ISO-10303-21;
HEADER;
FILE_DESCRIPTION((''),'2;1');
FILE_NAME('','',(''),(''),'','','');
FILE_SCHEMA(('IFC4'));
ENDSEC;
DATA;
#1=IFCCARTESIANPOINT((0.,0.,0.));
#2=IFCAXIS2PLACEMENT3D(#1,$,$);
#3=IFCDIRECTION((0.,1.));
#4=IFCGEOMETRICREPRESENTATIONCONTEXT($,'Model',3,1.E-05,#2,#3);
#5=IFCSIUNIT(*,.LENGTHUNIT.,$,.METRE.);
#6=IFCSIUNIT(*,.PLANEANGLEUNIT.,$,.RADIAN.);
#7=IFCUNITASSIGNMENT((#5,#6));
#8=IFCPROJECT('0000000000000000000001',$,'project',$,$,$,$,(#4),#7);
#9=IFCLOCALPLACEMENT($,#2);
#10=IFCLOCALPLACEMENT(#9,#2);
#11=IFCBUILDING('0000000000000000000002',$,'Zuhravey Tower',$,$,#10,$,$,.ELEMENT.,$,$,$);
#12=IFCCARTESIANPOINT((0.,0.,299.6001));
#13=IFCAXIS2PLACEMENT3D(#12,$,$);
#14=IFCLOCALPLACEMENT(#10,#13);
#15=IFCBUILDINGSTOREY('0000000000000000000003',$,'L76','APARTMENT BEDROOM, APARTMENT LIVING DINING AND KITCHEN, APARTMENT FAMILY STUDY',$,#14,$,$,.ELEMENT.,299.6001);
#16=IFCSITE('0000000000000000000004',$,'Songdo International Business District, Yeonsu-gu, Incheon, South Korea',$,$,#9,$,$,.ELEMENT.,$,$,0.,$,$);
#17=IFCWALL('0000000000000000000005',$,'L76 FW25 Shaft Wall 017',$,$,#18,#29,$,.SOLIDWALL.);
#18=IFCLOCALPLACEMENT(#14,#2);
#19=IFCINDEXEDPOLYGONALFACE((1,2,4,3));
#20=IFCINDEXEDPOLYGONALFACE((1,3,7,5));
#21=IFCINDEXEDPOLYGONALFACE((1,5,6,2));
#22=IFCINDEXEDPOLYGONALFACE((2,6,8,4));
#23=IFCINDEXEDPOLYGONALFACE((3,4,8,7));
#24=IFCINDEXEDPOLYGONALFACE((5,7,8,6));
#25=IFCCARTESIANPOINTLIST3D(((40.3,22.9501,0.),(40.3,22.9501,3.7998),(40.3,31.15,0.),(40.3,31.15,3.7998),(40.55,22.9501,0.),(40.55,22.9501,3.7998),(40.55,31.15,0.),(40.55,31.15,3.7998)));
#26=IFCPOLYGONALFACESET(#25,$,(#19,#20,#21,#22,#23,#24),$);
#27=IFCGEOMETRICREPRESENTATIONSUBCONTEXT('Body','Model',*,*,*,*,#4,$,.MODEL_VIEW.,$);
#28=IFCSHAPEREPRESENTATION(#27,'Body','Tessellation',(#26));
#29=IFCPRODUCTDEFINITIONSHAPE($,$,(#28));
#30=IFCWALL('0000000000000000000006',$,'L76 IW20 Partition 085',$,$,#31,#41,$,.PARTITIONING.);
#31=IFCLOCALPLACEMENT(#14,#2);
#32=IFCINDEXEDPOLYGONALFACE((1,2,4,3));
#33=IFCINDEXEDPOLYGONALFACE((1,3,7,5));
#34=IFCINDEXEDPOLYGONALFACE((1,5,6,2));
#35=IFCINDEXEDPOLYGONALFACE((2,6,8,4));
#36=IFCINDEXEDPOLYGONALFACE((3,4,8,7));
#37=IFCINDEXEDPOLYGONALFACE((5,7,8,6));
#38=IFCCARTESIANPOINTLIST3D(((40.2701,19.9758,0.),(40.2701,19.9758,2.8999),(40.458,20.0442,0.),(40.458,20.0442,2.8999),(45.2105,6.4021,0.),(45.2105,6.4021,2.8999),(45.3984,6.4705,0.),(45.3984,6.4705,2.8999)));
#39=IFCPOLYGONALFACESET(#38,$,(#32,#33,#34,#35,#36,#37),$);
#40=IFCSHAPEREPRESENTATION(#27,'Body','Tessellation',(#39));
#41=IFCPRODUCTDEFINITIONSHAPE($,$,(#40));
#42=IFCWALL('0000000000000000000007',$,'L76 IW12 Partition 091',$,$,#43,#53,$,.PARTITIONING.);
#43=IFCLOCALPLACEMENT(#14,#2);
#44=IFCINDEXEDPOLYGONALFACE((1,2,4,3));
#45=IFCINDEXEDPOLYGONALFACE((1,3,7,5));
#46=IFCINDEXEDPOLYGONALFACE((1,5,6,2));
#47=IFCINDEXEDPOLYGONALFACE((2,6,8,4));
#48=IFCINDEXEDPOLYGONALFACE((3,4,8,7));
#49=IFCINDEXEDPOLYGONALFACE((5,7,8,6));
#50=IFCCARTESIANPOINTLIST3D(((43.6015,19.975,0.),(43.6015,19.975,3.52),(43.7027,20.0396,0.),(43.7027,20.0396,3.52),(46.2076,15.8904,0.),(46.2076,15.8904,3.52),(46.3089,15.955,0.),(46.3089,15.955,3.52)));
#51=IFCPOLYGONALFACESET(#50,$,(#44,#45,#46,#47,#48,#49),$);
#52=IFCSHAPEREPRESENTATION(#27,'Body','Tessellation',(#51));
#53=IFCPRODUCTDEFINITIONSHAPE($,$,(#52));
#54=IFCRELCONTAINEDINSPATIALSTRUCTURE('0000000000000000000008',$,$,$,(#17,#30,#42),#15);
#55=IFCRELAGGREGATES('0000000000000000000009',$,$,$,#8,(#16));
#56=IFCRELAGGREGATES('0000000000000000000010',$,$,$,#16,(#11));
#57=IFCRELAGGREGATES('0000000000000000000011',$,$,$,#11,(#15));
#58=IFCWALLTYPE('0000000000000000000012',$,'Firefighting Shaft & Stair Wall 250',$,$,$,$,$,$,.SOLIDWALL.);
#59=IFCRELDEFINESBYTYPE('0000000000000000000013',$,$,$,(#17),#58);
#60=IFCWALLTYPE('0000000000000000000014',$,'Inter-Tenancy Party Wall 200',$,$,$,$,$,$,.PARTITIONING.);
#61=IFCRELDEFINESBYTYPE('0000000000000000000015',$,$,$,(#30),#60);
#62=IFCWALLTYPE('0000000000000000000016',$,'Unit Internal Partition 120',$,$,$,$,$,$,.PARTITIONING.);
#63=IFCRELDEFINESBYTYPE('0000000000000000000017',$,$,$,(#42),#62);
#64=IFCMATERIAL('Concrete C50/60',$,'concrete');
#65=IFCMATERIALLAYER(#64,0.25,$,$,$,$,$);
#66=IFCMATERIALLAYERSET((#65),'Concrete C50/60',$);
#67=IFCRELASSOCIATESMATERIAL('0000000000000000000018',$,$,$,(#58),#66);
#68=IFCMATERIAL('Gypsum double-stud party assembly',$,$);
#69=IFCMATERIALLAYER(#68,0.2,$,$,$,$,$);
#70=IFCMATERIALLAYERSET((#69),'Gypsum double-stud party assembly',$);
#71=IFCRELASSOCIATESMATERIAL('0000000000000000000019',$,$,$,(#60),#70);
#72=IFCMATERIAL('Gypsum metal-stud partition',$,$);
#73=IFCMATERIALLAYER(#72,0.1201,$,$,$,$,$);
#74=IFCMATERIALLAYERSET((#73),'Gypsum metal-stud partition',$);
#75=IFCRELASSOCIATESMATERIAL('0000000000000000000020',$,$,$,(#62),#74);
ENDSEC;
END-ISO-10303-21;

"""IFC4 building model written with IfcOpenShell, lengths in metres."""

from ifc_helpers import new_model, si_unit, direction, frame, frame_2d, origin, place, context, subcontext, project, spatial, rectangle, extrude, material, layer, layer_set, type_object, element, save


model = new_model("IFC4")

# Units and contexts
model_context = context("Model", 3, precision=1e-05, world=origin(), true_north=direction((0.0, 1.0)))
body_context = subcontext(model_context, "Body", "Model", "MODEL_VIEW")
ifc_project = project(units=[si_unit("LENGTHUNIT", "METRE"), si_unit("PLANEANGLEUNIT", "RADIAN")], contexts=[model_context])

# Site, building, storey
site_placement = place(None, origin())
site = spatial("IfcSite", under=ifc_project, at=site_placement, Name="Songdo International Business District, Yeonsu-gu, Incheon, South Korea", CompositionType="ELEMENT", RefElevation=0.0)
building_placement = place(site_placement, origin())
building = spatial("IfcBuilding", under=site, at=building_placement, Name="Zuhravey Tower", CompositionType="ELEMENT")
storey_placement = place(building_placement, frame((0.0, 0.0, 299.6001)))
storey = spatial("IfcBuildingStorey", under=building, at=storey_placement, Name="L76", Description="APARTMENT BEDROOM, APARTMENT LIVING DINING AND KITCHEN, APARTMENT FAMILY STUDY", CompositionType="ELEMENT", Elevation=299.6001)

# Shared definitions
ifc_material_1 = material(Name="Concrete C50/60", Category="concrete")

# Shared definitions
ifc_layer_1 = layer(ifc_material_1, 0.25)
ifc_layer_set_1 = layer_set([ifc_layer_1], Name="Concrete C50/60")
wall_type_1 = type_object("IfcWallType", Name="Firefighting Shaft & Stair Wall 250", PredefinedType="SOLIDWALL", material=ifc_layer_set_1)

# Walls
wall_1_placement = place(storey_placement, frame((40.425, 22.95, 0.0), z_axis=(0.0, 0.0, 1.0), x_axis=(0.0, 1.0, 0.0)))
element("IfcWall", 1, at=wall_1_placement, inside=storey, type_object=wall_type_1, Name="L76 FW25 Shaft Wall 017", PredefinedType="SOLIDWALL", context=body_context, shape_type="SweptSolid", body=[
    extrude(rectangle(XDim=8.2, YDim=0.25, at=frame_2d((4.1001, 0.0))), origin(), (0.0, 0.0, 1.0), 3.7998),
])
ifc_material_2 = material(Name="Gypsum double-stud party assembly")
ifc_layer_2 = layer(ifc_material_2, 0.2)
ifc_layer_set_2 = layer_set([ifc_layer_2], Name="Gypsum double-stud party assembly")
wall_type_2 = type_object("IfcWallType", Name="Inter-Tenancy Party Wall 200", PredefinedType="PARTITIONING", material=ifc_layer_set_2)
wall_2_placement = place(storey_placement, frame((40.364, 20.01, 0.0), z_axis=(0.0, 0.0, 1.0), x_axis=(0.34202, -0.939693, 0.0)))
element("IfcWall", 2, at=wall_2_placement, inside=storey, type_object=wall_type_2, Name="L76 IW20 Partition 085", PredefinedType="PARTITIONING", context=body_context, shape_type="SweptSolid", body=[
    extrude(rectangle(XDim=14.4448, YDim=0.2, at=frame_2d((7.2224, 0.0))), origin(), (0.0, 0.0, 1.0), 2.8999),
])
ifc_material_3 = material(Name="Gypsum metal-stud partition")
ifc_layer_3 = layer(ifc_material_3, 0.1201)
ifc_layer_set_3 = layer_set([ifc_layer_3], Name="Gypsum metal-stud partition")
wall_type_3 = type_object("IfcWallType", Name="Unit Internal Partition 120", PredefinedType="PARTITIONING", material=ifc_layer_set_3)
wall_3_placement = place(storey_placement, frame((43.6521, 20.0073, 0.0), z_axis=(0.0, 0.0, 1.0), x_axis=(0.537879, -0.843022, 0.0)))
element("IfcWall", 3, at=wall_3_placement, inside=storey, type_object=wall_type_3, Name="L76 IW12 Partition 091", PredefinedType="PARTITIONING", context=body_context, shape_type="SweptSolid", body=[
    extrude(rectangle(XDim=4.8452, YDim=0.1201, at=frame_2d((2.4226, 0.0))), origin(), (0.0, 0.0, 1.0), 3.52),
])

save(model, "model.ifc")
